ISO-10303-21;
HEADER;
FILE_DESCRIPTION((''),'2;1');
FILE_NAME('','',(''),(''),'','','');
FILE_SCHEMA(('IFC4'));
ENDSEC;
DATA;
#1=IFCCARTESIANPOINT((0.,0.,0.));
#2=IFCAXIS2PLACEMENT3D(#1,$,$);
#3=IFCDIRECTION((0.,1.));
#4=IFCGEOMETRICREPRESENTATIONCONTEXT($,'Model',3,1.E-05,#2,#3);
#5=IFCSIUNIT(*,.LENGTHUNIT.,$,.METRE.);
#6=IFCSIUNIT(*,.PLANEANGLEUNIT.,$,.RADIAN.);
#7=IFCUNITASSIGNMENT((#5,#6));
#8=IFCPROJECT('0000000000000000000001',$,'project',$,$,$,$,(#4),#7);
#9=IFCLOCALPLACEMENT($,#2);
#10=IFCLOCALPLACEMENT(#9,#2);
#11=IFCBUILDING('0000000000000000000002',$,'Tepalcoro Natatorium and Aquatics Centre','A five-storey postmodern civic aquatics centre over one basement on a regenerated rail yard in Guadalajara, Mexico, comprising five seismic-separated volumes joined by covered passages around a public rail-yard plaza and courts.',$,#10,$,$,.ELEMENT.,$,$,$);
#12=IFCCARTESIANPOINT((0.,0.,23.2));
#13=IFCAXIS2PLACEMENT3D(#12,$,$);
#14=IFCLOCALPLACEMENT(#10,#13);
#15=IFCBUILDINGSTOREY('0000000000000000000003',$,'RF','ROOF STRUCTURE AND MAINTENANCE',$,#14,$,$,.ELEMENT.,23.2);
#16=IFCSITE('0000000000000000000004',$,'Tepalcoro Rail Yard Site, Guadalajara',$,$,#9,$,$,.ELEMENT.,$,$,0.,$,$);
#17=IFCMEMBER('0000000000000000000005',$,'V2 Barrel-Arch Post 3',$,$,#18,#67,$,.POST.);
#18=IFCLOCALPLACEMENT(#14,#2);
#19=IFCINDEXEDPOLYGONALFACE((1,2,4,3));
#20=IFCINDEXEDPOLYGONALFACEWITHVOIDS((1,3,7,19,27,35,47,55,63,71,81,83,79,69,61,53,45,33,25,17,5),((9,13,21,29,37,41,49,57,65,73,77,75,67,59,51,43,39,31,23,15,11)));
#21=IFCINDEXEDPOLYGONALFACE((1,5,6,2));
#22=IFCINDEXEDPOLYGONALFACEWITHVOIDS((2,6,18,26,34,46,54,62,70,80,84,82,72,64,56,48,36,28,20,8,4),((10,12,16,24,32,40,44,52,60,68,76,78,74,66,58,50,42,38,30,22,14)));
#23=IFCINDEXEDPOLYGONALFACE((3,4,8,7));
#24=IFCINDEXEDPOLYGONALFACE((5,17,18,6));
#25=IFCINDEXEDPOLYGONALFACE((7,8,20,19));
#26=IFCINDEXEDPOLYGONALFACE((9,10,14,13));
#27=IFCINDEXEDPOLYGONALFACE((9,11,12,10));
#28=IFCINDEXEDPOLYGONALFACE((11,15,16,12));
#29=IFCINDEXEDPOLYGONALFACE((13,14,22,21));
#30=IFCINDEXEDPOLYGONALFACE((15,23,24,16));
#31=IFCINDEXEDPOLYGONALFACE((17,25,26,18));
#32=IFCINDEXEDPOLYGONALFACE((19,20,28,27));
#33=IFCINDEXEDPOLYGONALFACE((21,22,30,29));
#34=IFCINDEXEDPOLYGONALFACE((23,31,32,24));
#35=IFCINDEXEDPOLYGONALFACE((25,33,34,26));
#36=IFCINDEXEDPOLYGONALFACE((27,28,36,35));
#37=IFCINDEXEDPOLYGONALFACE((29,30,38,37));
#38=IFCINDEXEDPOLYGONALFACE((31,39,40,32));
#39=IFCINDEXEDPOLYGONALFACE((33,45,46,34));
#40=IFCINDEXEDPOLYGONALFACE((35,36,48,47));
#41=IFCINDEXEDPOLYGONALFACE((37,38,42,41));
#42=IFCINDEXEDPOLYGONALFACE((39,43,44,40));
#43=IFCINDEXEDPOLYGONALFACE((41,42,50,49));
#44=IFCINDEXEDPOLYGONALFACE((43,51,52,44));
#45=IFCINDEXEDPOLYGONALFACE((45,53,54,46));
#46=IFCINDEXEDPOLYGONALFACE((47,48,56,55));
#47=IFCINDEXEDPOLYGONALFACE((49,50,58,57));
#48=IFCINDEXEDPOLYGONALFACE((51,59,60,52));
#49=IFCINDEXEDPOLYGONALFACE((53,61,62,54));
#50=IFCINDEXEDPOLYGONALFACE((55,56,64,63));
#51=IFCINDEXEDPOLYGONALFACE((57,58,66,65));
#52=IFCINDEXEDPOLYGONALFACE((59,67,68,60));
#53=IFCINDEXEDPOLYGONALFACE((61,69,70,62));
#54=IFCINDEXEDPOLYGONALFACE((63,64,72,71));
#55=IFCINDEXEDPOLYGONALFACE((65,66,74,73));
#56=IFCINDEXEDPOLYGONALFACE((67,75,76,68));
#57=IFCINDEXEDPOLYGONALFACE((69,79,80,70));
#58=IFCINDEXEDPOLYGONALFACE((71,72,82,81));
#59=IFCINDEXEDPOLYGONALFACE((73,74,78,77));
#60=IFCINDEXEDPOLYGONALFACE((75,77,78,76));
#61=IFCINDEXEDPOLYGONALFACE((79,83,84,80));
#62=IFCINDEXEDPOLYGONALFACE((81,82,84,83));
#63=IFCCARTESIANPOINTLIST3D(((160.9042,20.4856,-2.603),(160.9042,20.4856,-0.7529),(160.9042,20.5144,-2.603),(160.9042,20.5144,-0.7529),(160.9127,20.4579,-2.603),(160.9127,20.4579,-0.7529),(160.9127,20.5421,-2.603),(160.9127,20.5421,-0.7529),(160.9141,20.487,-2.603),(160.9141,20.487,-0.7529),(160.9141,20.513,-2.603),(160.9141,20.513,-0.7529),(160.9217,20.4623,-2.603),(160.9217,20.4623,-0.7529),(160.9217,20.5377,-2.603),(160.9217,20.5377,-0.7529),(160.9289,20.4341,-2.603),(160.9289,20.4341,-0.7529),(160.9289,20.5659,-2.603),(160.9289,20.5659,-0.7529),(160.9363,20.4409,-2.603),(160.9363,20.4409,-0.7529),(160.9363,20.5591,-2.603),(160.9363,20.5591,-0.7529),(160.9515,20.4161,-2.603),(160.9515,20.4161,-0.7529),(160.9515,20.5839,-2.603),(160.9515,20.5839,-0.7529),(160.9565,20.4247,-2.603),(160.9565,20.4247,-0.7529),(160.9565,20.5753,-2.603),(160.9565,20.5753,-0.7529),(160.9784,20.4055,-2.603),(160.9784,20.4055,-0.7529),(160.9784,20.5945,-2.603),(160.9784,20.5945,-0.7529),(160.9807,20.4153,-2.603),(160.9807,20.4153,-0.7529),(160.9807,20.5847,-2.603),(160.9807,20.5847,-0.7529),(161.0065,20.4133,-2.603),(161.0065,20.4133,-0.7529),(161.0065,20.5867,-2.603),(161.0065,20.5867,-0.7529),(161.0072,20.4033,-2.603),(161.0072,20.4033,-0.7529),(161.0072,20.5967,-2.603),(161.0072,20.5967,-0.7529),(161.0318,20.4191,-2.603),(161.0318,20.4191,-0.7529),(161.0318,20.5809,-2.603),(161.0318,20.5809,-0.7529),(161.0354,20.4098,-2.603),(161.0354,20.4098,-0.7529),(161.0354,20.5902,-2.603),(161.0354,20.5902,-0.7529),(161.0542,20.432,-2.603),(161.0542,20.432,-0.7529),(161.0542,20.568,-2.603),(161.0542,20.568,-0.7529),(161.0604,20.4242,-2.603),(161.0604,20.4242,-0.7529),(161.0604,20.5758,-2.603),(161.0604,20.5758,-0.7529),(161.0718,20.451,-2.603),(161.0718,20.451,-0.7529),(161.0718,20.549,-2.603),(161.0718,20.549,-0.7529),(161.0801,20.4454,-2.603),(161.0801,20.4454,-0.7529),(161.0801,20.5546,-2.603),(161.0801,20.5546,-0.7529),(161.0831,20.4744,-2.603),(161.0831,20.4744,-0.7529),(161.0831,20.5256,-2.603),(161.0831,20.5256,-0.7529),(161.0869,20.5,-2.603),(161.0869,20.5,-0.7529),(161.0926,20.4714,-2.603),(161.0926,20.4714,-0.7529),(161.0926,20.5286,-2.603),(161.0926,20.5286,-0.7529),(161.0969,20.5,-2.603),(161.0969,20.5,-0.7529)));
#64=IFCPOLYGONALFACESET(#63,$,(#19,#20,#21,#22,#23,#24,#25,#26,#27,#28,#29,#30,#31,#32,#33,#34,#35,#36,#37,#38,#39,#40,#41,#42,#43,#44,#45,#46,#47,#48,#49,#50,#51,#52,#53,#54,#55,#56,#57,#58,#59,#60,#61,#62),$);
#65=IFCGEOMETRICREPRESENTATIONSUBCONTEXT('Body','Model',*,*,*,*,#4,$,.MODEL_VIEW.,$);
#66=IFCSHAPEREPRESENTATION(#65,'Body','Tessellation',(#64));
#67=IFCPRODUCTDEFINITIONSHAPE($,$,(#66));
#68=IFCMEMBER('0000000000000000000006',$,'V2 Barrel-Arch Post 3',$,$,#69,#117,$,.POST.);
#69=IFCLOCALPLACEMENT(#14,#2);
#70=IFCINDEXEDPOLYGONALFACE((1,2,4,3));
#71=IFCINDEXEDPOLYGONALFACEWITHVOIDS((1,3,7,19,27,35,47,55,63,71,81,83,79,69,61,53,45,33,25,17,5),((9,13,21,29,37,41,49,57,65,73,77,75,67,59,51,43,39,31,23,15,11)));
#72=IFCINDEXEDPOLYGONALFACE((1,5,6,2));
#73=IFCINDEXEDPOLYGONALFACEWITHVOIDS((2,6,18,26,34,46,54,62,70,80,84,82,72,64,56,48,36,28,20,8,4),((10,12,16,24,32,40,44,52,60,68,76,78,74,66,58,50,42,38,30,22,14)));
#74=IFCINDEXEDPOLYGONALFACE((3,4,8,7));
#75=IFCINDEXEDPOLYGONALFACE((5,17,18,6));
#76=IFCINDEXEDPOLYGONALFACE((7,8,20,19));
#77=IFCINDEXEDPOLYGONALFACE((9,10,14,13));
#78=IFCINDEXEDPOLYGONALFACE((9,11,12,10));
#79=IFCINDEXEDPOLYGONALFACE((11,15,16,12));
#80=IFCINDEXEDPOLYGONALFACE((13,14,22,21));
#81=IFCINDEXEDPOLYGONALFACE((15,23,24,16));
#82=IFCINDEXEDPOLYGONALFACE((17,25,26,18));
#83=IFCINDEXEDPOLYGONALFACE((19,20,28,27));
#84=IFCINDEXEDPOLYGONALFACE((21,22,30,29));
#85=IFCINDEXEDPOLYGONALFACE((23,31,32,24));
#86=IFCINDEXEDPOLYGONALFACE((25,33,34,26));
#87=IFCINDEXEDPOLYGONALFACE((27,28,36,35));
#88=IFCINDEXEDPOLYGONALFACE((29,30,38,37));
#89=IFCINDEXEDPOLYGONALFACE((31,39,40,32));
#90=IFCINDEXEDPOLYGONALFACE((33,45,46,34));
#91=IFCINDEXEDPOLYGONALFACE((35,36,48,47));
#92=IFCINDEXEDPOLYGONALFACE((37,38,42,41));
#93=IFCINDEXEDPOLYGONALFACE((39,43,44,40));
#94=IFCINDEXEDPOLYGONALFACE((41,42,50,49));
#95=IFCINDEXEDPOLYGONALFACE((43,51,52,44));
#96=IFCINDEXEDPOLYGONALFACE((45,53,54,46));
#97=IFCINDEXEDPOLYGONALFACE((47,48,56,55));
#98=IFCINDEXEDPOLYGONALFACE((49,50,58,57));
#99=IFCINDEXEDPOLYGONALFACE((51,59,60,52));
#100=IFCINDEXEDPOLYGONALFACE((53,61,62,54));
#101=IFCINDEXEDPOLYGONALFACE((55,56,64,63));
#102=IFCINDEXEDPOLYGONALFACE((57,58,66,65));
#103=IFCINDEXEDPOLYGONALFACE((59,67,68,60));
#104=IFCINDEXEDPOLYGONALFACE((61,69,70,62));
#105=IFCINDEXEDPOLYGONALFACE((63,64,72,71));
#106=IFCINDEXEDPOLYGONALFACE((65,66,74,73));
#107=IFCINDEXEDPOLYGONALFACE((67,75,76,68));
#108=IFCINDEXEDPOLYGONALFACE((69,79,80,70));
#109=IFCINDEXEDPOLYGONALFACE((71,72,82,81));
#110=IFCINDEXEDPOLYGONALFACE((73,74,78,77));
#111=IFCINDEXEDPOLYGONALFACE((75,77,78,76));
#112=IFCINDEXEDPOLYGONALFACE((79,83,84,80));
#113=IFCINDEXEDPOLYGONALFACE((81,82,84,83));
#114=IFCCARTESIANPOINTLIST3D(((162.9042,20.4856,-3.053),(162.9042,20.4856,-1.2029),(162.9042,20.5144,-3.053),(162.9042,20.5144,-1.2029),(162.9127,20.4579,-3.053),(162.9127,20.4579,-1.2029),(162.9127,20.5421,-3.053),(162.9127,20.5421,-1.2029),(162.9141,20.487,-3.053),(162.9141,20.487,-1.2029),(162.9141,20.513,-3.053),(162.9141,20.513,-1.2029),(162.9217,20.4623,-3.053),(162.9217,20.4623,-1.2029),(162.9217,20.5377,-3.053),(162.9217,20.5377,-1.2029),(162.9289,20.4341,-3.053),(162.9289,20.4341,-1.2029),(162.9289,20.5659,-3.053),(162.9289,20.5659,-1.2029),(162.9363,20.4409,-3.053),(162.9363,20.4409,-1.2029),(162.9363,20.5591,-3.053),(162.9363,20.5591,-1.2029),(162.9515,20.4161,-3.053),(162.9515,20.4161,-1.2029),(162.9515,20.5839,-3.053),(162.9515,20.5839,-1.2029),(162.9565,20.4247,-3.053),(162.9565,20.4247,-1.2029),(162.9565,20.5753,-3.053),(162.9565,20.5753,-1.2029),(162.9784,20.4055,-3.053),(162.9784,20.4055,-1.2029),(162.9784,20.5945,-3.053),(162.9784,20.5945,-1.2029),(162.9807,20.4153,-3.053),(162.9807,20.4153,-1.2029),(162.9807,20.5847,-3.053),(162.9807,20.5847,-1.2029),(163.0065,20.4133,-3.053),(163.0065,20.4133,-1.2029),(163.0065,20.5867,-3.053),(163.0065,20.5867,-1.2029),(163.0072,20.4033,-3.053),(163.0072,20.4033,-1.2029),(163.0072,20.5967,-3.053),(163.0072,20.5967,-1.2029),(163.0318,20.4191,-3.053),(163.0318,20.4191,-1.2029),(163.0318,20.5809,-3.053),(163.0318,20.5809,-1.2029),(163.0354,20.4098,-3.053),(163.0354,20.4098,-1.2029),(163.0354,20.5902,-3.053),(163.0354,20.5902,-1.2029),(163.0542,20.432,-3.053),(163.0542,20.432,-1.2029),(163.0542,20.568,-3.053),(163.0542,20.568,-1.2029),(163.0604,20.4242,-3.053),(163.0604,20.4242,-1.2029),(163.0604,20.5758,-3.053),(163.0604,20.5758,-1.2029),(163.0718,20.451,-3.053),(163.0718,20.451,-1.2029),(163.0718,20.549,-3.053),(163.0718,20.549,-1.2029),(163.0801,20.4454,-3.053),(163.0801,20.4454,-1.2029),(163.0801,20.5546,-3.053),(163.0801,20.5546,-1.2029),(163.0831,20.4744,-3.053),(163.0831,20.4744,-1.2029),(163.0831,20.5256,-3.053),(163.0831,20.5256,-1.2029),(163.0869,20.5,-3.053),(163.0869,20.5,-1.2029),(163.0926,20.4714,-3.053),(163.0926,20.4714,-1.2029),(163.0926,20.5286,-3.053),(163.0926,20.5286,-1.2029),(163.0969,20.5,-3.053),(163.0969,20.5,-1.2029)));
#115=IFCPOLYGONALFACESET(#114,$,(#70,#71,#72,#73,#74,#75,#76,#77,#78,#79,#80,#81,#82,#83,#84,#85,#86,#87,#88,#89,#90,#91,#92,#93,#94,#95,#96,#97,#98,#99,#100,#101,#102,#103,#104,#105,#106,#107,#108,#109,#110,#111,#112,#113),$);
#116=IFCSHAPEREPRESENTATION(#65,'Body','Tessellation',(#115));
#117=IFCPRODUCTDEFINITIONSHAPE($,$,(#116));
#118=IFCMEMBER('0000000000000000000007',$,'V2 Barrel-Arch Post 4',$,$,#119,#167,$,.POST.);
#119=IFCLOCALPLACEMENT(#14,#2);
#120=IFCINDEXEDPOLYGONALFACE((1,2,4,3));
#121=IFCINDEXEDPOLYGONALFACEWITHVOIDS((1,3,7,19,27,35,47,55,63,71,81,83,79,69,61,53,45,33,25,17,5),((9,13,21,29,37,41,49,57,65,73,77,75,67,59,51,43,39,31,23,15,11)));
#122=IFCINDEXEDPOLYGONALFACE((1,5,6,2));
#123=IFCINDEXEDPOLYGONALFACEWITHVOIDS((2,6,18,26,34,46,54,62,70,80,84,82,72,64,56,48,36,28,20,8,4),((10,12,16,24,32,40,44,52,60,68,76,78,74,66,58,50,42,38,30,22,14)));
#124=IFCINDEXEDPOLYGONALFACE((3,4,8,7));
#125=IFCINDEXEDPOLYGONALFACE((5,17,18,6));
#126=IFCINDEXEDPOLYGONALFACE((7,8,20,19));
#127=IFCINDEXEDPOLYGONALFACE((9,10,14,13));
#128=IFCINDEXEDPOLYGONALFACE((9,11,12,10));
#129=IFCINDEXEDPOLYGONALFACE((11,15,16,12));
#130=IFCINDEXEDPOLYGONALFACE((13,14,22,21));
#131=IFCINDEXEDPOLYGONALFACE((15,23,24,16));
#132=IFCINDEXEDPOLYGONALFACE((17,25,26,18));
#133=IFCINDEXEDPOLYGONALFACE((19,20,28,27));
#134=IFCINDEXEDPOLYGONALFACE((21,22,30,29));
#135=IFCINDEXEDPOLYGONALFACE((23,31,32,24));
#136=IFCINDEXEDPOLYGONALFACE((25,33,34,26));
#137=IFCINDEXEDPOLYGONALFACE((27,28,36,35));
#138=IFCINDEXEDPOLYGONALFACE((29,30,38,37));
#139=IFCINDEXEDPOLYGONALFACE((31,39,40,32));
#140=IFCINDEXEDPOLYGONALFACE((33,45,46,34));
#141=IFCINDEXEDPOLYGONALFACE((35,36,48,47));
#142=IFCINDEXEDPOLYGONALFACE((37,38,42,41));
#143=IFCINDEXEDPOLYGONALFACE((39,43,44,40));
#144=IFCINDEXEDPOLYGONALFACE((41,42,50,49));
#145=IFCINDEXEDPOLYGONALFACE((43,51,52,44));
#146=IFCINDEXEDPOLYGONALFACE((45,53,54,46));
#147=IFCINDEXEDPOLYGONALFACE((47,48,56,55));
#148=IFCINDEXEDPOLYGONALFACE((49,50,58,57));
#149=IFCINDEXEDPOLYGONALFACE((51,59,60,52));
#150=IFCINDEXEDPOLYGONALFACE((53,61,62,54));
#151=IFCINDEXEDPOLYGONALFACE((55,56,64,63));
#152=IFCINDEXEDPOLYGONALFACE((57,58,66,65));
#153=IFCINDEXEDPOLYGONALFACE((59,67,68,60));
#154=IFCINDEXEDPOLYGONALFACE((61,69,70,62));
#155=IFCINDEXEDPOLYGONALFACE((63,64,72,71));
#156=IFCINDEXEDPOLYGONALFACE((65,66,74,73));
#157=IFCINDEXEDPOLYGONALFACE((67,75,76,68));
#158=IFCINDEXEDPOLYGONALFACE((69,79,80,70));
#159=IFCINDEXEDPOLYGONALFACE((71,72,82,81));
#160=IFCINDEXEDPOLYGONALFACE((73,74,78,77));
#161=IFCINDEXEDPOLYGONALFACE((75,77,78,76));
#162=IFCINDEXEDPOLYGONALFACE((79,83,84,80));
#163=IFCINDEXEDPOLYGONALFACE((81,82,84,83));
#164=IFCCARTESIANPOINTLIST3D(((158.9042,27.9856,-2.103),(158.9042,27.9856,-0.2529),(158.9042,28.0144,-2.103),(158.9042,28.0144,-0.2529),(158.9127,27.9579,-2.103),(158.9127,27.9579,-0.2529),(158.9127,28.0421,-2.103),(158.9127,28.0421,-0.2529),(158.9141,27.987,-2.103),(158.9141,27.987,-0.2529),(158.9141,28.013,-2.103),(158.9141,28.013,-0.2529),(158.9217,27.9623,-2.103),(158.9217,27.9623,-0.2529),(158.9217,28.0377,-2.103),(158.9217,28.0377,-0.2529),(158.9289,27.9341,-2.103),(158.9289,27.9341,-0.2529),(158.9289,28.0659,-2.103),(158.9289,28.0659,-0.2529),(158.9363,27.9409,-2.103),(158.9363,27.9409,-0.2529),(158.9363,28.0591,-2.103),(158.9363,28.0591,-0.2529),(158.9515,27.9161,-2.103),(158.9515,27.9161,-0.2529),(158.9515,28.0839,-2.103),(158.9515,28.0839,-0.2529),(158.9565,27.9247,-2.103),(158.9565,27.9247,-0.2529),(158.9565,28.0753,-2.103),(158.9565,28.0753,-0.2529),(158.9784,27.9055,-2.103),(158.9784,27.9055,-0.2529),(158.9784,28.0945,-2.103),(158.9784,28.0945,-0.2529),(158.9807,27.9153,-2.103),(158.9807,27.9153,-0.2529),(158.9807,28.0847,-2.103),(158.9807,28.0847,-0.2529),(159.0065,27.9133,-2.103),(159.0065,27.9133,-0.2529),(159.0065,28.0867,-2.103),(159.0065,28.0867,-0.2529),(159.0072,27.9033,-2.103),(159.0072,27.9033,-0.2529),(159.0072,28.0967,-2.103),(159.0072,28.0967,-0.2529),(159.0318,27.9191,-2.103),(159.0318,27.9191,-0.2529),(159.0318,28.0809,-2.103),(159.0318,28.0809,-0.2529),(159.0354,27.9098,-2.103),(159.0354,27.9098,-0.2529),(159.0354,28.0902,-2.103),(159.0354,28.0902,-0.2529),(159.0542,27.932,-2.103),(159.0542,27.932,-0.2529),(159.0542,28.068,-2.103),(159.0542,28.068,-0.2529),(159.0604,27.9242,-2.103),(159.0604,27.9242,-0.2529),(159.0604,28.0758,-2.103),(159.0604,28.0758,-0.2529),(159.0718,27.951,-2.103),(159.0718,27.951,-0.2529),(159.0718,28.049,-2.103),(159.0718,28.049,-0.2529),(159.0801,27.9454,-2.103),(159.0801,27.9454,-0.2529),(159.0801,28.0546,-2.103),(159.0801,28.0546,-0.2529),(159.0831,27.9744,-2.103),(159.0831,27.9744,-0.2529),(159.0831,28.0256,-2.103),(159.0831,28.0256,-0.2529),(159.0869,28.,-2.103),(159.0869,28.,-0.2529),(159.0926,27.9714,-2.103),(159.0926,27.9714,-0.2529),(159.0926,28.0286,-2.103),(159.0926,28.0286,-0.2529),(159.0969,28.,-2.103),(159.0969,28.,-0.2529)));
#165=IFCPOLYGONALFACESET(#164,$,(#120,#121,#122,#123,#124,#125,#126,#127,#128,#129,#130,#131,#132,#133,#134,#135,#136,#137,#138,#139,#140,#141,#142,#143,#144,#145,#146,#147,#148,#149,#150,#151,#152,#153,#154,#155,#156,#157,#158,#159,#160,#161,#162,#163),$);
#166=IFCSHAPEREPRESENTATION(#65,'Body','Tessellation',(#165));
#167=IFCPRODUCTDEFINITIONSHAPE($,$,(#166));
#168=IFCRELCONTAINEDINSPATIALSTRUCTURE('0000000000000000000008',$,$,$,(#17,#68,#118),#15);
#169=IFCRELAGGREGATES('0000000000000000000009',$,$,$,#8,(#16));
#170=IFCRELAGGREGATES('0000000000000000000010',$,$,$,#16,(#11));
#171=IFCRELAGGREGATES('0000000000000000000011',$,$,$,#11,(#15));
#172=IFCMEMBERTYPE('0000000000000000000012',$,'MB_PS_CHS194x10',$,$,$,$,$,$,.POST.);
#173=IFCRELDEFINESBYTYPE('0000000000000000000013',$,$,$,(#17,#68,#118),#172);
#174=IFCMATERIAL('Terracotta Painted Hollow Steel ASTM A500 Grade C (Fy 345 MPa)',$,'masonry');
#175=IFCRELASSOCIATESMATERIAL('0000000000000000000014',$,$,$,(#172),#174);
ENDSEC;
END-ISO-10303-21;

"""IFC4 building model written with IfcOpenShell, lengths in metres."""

from ifc_helpers import new_model, si_unit, direction, frame, origin, origin_2d, place, context, subcontext, project, spatial, hollow_circle, extrude, material, material_profile, profile_set, type_object, element, save


model = new_model("IFC4")

# Units and contexts
model_context = context("Model", 3, precision=1e-05, world=origin(), true_north=direction((0.0, 1.0)))
body_context = subcontext(model_context, "Body", "Model", "MODEL_VIEW")
ifc_project = project(units=[si_unit("LENGTHUNIT", "METRE"), si_unit("PLANEANGLEUNIT", "RADIAN")], contexts=[model_context])

# Site, building, storey
site_placement = place(None, origin())
site = spatial("IfcSite", under=ifc_project, at=site_placement, Name="Tepalcoro Rail Yard Site, Guadalajara", CompositionType="ELEMENT", RefElevation=0.0)
building_placement = place(site_placement, origin())
building = spatial("IfcBuilding", under=site, at=building_placement, Name="Tepalcoro Natatorium and Aquatics Centre", Description="A five-storey postmodern civic aquatics centre over one basement on a regenerated rail yard in Guadalajara, Mexico, comprising five seismic-separated volumes joined by covered passages around a public rail-yard plaza and courts.", CompositionType="ELEMENT")
storey_placement = place(building_placement, frame((0.0, 0.0, 23.2)))
storey = spatial("IfcBuildingStorey", under=building, at=storey_placement, Name="RF", Description="ROOF STRUCTURE AND MAINTENANCE", CompositionType="ELEMENT", Elevation=23.2)

# Shared definitions
ifc_material_1 = material(Name="Terracotta Painted Hollow Steel ASTM A500 Grade C (Fy 345 MPa)", Category="masonry")

# Members
ifc_material_profile_1 = material_profile(ifc_material_1, hollow_circle(Radius=0.0969, WallThickness=0.01, at=origin_2d()), Name="CHS194X10")
ifc_profile_set_1 = profile_set([ifc_material_profile_1], Name="Terracotta Painted Hollow Steel ASTM A500 Grade C (Fy 345 MPa)")
member_type_1 = type_object("IfcMemberType", Name="MB_PS_CHS194x10", PredefinedType="POST", material=ifc_profile_set_1)
for number, where, z_axis, x_axis, name in (
    (1, (161.0, 20.5, -2.603), (0.0, 0.0, 1.0), (1.0, 0.0, 0.0), "V2 Barrel-Arch Post 3"),
    (2, (163.0, 20.5, -3.053), (0.0, 0.0, 1.0), (1.0, 0.0, 0.0), "V2 Barrel-Arch Post 3"),
    (3, (159.0, 28.0, -2.103), (0.0, 0.0, 1.0), (1.0, 0.0, 0.0), "V2 Barrel-Arch Post 4"),
):
    element("IfcMember", number, at=place(storey_placement, frame(where, z_axis=z_axis, x_axis=x_axis)), inside=storey, type_object=member_type_1, Name=name, PredefinedType="POST", context=body_context, shape_type="SweptSolid", body=[
        extrude(hollow_circle(Radius=0.0969, WallThickness=0.01, at=origin_2d()), origin(), (0.0, 0.0, 1.0), 1.8501),
    ])

save(model, "model.ifc")
